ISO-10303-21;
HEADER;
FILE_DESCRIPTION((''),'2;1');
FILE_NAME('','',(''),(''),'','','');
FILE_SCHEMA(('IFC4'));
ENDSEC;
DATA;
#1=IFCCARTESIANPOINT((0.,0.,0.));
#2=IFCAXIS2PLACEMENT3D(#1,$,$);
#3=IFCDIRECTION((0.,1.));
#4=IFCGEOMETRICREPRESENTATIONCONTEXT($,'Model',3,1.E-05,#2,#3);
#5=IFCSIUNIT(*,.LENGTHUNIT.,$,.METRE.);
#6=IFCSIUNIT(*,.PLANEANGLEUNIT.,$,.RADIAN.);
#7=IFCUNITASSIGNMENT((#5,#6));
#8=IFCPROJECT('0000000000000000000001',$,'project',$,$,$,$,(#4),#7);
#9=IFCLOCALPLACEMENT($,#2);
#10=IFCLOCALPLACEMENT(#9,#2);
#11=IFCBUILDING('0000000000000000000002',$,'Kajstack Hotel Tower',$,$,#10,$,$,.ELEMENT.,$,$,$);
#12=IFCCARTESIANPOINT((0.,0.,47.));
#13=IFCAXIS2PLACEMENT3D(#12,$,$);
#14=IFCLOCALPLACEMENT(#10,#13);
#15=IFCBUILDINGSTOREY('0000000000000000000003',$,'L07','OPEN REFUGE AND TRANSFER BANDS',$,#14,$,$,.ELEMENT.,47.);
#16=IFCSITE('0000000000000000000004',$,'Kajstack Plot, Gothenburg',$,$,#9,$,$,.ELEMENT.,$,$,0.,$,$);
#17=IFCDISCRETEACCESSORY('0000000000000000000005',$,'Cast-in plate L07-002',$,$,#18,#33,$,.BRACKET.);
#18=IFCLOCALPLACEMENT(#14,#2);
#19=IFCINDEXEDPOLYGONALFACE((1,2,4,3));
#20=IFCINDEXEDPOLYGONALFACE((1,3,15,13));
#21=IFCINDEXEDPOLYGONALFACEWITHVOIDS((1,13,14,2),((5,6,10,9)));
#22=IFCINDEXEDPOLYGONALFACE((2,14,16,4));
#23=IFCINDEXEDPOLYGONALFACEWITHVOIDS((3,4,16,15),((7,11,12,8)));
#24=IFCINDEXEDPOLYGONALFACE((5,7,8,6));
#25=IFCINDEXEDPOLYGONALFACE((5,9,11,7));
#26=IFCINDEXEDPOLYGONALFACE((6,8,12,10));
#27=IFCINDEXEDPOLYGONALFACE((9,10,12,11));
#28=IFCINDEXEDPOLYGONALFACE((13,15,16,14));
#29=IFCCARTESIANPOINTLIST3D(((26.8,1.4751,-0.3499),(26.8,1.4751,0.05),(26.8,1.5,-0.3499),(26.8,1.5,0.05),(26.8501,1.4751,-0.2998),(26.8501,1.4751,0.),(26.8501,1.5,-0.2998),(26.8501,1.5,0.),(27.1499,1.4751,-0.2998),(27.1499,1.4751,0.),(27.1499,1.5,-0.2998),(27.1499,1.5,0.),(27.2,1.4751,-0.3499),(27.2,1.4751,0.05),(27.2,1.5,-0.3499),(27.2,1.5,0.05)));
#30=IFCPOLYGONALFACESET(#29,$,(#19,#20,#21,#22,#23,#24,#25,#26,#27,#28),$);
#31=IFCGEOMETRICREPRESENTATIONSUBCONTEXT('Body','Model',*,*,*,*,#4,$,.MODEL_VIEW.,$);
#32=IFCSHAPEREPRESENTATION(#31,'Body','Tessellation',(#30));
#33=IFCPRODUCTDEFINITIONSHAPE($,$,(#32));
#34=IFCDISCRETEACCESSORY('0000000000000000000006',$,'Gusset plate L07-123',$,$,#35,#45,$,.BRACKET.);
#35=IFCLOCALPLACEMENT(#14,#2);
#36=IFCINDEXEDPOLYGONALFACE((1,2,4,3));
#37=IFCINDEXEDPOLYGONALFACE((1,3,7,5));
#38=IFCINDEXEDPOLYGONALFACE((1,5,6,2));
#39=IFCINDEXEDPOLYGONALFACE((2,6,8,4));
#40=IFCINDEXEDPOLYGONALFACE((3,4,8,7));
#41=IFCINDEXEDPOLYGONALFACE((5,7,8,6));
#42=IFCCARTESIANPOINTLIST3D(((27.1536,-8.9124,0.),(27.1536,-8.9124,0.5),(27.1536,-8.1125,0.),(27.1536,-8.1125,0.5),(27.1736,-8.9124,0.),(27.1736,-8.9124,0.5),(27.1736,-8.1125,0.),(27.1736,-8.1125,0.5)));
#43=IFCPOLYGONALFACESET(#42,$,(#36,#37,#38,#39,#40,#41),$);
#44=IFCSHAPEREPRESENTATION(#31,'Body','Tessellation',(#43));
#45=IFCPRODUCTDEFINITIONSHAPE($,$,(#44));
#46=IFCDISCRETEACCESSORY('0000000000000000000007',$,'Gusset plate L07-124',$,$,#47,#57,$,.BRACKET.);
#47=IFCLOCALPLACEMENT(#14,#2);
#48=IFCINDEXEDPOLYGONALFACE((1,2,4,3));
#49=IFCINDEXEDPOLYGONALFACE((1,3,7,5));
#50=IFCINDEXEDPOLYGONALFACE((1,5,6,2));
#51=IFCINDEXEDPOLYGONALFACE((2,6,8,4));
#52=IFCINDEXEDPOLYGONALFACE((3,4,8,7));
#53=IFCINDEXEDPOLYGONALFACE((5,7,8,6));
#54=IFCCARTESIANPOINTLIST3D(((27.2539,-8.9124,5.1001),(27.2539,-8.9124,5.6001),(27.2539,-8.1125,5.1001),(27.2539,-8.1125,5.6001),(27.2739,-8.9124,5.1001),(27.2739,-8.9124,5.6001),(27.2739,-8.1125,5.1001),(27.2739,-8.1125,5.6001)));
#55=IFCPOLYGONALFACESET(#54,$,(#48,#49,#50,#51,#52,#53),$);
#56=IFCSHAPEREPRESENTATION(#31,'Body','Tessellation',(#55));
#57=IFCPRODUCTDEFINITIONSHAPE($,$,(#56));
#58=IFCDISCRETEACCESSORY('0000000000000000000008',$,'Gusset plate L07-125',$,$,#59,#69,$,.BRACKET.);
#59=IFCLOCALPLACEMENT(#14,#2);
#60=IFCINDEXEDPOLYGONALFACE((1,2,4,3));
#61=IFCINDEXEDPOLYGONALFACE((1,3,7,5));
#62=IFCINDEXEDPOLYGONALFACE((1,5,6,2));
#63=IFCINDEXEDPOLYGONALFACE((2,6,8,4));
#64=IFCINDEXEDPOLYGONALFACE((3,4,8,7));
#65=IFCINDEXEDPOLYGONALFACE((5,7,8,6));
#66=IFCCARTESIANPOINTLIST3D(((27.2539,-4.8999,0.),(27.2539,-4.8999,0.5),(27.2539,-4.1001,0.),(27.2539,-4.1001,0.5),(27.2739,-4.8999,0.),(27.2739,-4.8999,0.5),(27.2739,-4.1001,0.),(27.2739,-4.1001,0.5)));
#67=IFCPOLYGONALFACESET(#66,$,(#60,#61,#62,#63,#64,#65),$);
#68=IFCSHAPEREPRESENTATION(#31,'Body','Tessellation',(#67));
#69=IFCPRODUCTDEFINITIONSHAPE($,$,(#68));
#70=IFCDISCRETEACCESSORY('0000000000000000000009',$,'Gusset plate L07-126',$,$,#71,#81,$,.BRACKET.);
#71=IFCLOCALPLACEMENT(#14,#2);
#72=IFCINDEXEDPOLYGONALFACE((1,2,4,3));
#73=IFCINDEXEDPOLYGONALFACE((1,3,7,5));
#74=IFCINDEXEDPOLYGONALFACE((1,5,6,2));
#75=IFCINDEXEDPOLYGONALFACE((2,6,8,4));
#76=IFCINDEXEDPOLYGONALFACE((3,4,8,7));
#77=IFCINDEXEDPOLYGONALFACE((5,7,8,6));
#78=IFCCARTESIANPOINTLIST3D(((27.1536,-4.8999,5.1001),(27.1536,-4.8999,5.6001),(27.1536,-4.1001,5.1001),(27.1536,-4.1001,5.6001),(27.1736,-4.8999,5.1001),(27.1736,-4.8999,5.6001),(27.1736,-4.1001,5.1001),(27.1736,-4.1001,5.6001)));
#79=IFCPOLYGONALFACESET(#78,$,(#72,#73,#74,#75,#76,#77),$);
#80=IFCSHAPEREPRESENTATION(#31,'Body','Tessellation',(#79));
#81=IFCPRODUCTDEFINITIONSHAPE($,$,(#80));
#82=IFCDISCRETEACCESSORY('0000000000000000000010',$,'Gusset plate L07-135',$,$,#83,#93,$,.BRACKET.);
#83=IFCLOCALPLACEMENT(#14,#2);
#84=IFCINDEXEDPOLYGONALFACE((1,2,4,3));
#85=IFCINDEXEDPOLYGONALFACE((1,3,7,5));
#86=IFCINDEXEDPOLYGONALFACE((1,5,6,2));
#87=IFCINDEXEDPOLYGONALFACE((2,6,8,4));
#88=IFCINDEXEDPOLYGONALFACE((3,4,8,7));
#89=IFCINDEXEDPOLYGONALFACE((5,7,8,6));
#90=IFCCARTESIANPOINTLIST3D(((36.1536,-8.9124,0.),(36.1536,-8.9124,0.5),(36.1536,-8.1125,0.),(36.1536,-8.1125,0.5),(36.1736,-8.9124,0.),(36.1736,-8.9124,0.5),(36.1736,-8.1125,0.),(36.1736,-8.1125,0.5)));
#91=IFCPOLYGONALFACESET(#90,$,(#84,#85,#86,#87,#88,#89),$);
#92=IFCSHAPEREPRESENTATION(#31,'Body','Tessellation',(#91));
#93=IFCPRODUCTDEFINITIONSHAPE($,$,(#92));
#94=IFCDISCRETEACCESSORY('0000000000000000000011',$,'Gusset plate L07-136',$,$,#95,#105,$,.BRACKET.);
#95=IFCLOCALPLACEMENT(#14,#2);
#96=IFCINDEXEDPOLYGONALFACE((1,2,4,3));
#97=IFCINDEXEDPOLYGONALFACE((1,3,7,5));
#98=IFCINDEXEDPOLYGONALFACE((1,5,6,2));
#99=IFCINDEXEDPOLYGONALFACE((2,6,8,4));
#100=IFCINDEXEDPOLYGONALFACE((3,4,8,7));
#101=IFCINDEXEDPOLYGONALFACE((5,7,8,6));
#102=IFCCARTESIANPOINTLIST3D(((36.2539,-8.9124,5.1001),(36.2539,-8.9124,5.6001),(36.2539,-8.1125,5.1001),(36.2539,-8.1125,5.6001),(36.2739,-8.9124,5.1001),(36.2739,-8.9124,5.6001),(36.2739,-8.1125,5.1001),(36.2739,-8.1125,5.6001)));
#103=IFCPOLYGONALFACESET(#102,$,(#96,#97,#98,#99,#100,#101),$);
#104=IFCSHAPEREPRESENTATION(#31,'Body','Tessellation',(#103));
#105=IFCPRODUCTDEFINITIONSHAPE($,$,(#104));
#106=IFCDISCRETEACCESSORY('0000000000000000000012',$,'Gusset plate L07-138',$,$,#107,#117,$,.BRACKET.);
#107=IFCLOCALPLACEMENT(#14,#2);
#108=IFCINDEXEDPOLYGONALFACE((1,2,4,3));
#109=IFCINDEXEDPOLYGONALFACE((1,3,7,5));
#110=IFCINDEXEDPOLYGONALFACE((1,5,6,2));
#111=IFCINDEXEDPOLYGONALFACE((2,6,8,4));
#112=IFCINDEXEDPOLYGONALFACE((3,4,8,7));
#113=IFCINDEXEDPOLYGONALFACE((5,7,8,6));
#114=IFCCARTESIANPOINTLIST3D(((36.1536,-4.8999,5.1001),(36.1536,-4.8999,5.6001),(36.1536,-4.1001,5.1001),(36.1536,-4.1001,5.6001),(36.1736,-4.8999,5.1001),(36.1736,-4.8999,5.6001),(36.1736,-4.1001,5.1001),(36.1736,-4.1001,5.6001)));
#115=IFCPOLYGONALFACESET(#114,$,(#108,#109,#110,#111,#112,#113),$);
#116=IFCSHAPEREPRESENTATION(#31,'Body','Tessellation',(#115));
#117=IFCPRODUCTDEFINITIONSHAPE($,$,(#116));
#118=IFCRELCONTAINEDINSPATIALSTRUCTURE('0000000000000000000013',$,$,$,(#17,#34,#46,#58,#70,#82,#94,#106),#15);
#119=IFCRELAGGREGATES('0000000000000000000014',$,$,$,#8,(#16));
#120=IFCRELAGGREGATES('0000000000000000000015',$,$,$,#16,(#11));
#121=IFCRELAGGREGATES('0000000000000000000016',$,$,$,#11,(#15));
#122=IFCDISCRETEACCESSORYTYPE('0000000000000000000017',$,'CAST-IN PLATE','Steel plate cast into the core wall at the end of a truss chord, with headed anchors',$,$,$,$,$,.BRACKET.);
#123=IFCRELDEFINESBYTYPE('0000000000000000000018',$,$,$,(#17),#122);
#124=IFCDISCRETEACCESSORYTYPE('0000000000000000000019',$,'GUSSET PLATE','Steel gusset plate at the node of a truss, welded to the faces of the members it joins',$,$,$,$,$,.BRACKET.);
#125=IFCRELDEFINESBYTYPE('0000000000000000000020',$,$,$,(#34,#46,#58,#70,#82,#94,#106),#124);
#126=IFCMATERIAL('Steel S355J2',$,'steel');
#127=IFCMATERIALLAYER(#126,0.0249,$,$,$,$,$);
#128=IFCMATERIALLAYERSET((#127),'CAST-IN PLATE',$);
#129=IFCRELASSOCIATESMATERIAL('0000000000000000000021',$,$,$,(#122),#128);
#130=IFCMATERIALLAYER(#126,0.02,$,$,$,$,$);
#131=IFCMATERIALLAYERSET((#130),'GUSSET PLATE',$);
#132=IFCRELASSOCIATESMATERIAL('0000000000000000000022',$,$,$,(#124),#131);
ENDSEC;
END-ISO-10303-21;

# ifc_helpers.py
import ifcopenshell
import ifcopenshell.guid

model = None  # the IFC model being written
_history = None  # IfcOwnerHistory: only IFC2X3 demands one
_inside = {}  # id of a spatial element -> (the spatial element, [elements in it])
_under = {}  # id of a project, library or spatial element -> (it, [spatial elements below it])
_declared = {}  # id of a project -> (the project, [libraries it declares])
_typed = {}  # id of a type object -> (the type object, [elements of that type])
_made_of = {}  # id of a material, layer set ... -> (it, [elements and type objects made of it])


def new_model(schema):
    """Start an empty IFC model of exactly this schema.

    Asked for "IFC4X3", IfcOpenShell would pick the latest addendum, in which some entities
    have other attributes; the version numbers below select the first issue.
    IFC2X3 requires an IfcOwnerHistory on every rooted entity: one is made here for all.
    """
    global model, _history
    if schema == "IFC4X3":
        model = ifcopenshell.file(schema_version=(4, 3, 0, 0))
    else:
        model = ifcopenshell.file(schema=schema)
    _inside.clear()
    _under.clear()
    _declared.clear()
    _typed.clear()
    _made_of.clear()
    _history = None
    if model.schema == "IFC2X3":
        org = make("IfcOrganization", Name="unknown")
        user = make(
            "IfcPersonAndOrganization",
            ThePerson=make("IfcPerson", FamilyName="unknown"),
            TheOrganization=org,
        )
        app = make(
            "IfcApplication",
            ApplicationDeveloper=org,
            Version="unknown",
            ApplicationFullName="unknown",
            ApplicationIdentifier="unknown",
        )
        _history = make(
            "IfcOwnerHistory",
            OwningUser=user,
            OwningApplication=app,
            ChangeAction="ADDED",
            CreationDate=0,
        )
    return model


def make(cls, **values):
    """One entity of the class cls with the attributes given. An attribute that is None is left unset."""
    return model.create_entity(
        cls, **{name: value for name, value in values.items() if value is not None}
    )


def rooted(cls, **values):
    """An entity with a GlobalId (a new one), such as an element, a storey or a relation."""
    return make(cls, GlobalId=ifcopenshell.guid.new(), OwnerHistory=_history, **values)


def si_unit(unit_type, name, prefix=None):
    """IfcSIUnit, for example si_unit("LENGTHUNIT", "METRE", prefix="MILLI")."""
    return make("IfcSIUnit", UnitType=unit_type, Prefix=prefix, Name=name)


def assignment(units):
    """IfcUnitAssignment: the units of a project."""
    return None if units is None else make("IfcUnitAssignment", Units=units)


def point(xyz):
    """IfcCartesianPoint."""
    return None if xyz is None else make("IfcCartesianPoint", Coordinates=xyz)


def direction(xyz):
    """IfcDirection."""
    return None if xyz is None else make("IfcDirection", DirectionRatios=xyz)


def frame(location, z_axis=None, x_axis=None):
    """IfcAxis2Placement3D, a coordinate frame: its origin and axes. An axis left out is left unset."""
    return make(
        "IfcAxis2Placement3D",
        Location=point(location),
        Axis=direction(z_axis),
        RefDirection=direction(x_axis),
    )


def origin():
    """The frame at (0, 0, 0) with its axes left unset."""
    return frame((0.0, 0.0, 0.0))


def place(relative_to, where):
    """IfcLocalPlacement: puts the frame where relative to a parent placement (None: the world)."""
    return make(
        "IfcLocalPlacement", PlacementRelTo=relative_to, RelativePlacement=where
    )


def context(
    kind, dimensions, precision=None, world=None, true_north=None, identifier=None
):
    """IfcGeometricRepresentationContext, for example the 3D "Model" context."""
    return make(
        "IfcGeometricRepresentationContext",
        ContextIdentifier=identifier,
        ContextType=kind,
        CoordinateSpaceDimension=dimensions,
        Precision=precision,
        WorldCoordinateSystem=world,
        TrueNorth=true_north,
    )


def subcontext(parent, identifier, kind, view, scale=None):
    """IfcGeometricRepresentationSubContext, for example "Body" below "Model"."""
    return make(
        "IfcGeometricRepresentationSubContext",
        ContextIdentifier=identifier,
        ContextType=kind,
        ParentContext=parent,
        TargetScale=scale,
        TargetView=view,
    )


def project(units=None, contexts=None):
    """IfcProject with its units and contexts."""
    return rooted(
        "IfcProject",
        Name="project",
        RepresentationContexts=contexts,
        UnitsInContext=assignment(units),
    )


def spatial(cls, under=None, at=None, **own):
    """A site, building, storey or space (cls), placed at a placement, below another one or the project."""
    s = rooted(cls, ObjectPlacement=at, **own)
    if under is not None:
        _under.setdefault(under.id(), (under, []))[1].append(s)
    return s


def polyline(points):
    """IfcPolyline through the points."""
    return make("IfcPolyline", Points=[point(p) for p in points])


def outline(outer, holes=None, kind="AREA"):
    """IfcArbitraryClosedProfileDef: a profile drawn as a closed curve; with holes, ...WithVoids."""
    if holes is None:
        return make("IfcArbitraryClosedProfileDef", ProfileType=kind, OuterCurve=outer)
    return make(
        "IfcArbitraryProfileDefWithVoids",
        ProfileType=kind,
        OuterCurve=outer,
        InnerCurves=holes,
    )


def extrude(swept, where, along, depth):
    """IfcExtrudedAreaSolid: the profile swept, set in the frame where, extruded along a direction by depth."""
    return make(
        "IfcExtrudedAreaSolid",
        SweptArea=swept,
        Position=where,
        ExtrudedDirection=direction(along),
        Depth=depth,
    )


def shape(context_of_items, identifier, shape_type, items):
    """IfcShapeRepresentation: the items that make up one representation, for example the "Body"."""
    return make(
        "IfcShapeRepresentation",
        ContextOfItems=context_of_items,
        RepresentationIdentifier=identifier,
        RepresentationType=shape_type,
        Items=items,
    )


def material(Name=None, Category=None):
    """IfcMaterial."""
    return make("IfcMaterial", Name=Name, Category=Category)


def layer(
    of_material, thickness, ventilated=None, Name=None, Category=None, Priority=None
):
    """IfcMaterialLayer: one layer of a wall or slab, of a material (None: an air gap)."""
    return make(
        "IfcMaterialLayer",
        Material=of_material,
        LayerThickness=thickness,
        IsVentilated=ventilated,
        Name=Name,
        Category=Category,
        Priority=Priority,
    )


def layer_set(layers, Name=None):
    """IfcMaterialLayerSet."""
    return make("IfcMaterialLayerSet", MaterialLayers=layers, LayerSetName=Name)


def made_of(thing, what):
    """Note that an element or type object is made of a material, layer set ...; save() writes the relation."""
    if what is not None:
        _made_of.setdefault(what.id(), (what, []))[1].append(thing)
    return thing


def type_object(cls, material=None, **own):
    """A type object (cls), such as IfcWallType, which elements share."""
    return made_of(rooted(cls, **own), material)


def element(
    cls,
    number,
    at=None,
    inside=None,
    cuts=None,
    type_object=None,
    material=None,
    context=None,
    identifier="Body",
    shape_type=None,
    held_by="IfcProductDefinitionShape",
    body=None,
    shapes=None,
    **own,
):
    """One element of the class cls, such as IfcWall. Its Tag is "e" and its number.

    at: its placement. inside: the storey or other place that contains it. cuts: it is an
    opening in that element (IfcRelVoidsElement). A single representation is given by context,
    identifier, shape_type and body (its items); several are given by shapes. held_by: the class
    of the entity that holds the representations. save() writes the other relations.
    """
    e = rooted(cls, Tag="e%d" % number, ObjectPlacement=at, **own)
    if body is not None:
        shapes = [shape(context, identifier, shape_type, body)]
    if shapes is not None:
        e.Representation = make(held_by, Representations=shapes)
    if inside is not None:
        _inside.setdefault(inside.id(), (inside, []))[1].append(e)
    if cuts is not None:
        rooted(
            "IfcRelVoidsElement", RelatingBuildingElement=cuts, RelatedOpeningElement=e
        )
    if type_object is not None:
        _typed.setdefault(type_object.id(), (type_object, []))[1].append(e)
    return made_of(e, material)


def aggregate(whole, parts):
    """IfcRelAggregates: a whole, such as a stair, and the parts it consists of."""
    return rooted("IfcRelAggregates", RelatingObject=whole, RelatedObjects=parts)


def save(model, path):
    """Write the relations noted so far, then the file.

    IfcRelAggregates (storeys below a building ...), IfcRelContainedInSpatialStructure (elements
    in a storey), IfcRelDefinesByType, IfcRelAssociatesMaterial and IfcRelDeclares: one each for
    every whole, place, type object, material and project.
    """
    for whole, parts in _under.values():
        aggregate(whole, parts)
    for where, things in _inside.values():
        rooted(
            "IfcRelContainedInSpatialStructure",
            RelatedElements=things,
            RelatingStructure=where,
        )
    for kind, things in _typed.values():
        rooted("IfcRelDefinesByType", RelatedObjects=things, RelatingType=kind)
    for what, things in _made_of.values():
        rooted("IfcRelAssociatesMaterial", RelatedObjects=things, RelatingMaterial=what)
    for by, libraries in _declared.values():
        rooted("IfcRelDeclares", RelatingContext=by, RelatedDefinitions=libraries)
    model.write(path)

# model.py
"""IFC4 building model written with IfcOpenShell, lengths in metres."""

from ifc_helpers import new_model, si_unit, direction, frame, origin, place, context, subcontext, project, spatial, polyline, outline, extrude, material, layer, layer_set, type_object, element, save


model = new_model("IFC4")

# Units and contexts
model_context = context("Model", 3, precision=1e-05, world=origin(), true_north=direction((0.0, 1.0)))
body_context = subcontext(model_context, "Body", "Model", "MODEL_VIEW")
ifc_project = project(units=[si_unit("LENGTHUNIT", "METRE"), si_unit("PLANEANGLEUNIT", "RADIAN")], contexts=[model_context])

# Site, building, storey
site_placement = place(None, origin())
site = spatial("IfcSite", under=ifc_project, at=site_placement, Name="Kajstack Plot, Gothenburg", CompositionType="ELEMENT", RefElevation=0.0)
building_placement = place(site_placement, origin())
building = spatial("IfcBuilding", under=site, at=building_placement, Name="Kajstack Hotel Tower", CompositionType="ELEMENT")
storey_placement = place(building_placement, frame((0.0, 0.0, 47.0)))
storey = spatial("IfcBuildingStorey", under=building, at=storey_placement, Name="L07", Description="OPEN REFUGE AND TRANSFER BANDS", CompositionType="ELEMENT", Elevation=47.0)

# Shared definitions
ifc_material = material(Name="Steel S355J2", Category="steel")

# Discrete accessories
ifc_layer_1 = layer(ifc_material, 0.0249)
ifc_layer_set_1 = layer_set([ifc_layer_1], Name="CAST-IN PLATE")
discrete_accessory_type_1 = type_object("IfcDiscreteAccessoryType", Name="CAST-IN PLATE", Description="Steel plate cast into the core wall at the end of a truss chord, with headed anchors", PredefinedType="BRACKET", material=ifc_layer_set_1)
discrete_accessory_placement = place(storey_placement, frame((27.0, 1.4751, -0.1499), z_axis=(0.0, 1.0, 0.0), x_axis=(-1.0, 0.0, 0.0)))
element("IfcDiscreteAccessory", 1, at=discrete_accessory_placement, inside=storey, type_object=discrete_accessory_type_1, Name="Cast-in plate L07-002", PredefinedType="BRACKET", context=body_context, shape_type="SweptSolid", body=[
    extrude(outline(polyline([(-0.2, -0.2), (0.2, -0.2), (0.2, 0.2), (-0.2, 0.2), (-0.2, -0.2)]), holes=[polyline([(-0.1499, -0.1499), (-0.1499, 0.1499), (0.1499, 0.1499), (0.1499, -0.1499), (-0.1499, -0.1499)])]), origin(), (0.0, 0.0, 1.0), 0.0249),
])
ifc_layer_2 = layer(ifc_material, 0.02)
ifc_layer_set_2 = layer_set([ifc_layer_2], Name="GUSSET PLATE")
discrete_accessory_type_2 = type_object("IfcDiscreteAccessoryType", Name="GUSSET PLATE", Description="Steel gusset plate at the node of a truss, welded to the faces of the members it joins", PredefinedType="BRACKET", material=ifc_layer_set_2)
for number, where, z_axis, x_axis, name in (
    (2, (27.1536, -8.5125, 0.0), (1.0, 0.0, 0.0), (0.0, 1.0, 0.0), "Gusset plate L07-123"),
    (3, (27.2539, -8.5125, 5.1001), (1.0, 0.0, 0.0), (0.0, 1.0, 0.0), "Gusset plate L07-124"),
    (4, (27.2539, -4.5, 0.0), (1.0, 0.0, 0.0), (0.0, 1.0, 0.0), "Gusset plate L07-125"),
    (5, (27.1536, -4.5, 5.1001), (1.0, 0.0, 0.0), (0.0, 1.0, 0.0), "Gusset plate L07-126"),
    (6, (36.1536, -8.5125, 0.0), (1.0, 0.0, 0.0), (0.0, 1.0, 0.0), "Gusset plate L07-135"),
    (7, (36.2539, -8.5125, 5.1001), (1.0, 0.0, 0.0), (0.0, 1.0, 0.0), "Gusset plate L07-136"),
    (8, (36.1536, -4.5, 5.1001), (1.0, 0.0, 0.0), (0.0, 1.0, 0.0), "Gusset plate L07-138"),
):
    element("IfcDiscreteAccessory", number, at=place(storey_placement, frame(where, z_axis=z_axis, x_axis=x_axis)), inside=storey, type_object=discrete_accessory_type_2, Name=name, PredefinedType="BRACKET", context=body_context, shape_type="SweptSolid", body=[
        extrude(outline(polyline([(-0.3999, 0.0), (0.3999, 0.0), (0.3999, 0.5), (-0.3999, 0.5), (-0.3999, 0.0)])), origin(), (0.0, 0.0, 1.0), 0.02),
    ])

save(model, "model.ifc")
